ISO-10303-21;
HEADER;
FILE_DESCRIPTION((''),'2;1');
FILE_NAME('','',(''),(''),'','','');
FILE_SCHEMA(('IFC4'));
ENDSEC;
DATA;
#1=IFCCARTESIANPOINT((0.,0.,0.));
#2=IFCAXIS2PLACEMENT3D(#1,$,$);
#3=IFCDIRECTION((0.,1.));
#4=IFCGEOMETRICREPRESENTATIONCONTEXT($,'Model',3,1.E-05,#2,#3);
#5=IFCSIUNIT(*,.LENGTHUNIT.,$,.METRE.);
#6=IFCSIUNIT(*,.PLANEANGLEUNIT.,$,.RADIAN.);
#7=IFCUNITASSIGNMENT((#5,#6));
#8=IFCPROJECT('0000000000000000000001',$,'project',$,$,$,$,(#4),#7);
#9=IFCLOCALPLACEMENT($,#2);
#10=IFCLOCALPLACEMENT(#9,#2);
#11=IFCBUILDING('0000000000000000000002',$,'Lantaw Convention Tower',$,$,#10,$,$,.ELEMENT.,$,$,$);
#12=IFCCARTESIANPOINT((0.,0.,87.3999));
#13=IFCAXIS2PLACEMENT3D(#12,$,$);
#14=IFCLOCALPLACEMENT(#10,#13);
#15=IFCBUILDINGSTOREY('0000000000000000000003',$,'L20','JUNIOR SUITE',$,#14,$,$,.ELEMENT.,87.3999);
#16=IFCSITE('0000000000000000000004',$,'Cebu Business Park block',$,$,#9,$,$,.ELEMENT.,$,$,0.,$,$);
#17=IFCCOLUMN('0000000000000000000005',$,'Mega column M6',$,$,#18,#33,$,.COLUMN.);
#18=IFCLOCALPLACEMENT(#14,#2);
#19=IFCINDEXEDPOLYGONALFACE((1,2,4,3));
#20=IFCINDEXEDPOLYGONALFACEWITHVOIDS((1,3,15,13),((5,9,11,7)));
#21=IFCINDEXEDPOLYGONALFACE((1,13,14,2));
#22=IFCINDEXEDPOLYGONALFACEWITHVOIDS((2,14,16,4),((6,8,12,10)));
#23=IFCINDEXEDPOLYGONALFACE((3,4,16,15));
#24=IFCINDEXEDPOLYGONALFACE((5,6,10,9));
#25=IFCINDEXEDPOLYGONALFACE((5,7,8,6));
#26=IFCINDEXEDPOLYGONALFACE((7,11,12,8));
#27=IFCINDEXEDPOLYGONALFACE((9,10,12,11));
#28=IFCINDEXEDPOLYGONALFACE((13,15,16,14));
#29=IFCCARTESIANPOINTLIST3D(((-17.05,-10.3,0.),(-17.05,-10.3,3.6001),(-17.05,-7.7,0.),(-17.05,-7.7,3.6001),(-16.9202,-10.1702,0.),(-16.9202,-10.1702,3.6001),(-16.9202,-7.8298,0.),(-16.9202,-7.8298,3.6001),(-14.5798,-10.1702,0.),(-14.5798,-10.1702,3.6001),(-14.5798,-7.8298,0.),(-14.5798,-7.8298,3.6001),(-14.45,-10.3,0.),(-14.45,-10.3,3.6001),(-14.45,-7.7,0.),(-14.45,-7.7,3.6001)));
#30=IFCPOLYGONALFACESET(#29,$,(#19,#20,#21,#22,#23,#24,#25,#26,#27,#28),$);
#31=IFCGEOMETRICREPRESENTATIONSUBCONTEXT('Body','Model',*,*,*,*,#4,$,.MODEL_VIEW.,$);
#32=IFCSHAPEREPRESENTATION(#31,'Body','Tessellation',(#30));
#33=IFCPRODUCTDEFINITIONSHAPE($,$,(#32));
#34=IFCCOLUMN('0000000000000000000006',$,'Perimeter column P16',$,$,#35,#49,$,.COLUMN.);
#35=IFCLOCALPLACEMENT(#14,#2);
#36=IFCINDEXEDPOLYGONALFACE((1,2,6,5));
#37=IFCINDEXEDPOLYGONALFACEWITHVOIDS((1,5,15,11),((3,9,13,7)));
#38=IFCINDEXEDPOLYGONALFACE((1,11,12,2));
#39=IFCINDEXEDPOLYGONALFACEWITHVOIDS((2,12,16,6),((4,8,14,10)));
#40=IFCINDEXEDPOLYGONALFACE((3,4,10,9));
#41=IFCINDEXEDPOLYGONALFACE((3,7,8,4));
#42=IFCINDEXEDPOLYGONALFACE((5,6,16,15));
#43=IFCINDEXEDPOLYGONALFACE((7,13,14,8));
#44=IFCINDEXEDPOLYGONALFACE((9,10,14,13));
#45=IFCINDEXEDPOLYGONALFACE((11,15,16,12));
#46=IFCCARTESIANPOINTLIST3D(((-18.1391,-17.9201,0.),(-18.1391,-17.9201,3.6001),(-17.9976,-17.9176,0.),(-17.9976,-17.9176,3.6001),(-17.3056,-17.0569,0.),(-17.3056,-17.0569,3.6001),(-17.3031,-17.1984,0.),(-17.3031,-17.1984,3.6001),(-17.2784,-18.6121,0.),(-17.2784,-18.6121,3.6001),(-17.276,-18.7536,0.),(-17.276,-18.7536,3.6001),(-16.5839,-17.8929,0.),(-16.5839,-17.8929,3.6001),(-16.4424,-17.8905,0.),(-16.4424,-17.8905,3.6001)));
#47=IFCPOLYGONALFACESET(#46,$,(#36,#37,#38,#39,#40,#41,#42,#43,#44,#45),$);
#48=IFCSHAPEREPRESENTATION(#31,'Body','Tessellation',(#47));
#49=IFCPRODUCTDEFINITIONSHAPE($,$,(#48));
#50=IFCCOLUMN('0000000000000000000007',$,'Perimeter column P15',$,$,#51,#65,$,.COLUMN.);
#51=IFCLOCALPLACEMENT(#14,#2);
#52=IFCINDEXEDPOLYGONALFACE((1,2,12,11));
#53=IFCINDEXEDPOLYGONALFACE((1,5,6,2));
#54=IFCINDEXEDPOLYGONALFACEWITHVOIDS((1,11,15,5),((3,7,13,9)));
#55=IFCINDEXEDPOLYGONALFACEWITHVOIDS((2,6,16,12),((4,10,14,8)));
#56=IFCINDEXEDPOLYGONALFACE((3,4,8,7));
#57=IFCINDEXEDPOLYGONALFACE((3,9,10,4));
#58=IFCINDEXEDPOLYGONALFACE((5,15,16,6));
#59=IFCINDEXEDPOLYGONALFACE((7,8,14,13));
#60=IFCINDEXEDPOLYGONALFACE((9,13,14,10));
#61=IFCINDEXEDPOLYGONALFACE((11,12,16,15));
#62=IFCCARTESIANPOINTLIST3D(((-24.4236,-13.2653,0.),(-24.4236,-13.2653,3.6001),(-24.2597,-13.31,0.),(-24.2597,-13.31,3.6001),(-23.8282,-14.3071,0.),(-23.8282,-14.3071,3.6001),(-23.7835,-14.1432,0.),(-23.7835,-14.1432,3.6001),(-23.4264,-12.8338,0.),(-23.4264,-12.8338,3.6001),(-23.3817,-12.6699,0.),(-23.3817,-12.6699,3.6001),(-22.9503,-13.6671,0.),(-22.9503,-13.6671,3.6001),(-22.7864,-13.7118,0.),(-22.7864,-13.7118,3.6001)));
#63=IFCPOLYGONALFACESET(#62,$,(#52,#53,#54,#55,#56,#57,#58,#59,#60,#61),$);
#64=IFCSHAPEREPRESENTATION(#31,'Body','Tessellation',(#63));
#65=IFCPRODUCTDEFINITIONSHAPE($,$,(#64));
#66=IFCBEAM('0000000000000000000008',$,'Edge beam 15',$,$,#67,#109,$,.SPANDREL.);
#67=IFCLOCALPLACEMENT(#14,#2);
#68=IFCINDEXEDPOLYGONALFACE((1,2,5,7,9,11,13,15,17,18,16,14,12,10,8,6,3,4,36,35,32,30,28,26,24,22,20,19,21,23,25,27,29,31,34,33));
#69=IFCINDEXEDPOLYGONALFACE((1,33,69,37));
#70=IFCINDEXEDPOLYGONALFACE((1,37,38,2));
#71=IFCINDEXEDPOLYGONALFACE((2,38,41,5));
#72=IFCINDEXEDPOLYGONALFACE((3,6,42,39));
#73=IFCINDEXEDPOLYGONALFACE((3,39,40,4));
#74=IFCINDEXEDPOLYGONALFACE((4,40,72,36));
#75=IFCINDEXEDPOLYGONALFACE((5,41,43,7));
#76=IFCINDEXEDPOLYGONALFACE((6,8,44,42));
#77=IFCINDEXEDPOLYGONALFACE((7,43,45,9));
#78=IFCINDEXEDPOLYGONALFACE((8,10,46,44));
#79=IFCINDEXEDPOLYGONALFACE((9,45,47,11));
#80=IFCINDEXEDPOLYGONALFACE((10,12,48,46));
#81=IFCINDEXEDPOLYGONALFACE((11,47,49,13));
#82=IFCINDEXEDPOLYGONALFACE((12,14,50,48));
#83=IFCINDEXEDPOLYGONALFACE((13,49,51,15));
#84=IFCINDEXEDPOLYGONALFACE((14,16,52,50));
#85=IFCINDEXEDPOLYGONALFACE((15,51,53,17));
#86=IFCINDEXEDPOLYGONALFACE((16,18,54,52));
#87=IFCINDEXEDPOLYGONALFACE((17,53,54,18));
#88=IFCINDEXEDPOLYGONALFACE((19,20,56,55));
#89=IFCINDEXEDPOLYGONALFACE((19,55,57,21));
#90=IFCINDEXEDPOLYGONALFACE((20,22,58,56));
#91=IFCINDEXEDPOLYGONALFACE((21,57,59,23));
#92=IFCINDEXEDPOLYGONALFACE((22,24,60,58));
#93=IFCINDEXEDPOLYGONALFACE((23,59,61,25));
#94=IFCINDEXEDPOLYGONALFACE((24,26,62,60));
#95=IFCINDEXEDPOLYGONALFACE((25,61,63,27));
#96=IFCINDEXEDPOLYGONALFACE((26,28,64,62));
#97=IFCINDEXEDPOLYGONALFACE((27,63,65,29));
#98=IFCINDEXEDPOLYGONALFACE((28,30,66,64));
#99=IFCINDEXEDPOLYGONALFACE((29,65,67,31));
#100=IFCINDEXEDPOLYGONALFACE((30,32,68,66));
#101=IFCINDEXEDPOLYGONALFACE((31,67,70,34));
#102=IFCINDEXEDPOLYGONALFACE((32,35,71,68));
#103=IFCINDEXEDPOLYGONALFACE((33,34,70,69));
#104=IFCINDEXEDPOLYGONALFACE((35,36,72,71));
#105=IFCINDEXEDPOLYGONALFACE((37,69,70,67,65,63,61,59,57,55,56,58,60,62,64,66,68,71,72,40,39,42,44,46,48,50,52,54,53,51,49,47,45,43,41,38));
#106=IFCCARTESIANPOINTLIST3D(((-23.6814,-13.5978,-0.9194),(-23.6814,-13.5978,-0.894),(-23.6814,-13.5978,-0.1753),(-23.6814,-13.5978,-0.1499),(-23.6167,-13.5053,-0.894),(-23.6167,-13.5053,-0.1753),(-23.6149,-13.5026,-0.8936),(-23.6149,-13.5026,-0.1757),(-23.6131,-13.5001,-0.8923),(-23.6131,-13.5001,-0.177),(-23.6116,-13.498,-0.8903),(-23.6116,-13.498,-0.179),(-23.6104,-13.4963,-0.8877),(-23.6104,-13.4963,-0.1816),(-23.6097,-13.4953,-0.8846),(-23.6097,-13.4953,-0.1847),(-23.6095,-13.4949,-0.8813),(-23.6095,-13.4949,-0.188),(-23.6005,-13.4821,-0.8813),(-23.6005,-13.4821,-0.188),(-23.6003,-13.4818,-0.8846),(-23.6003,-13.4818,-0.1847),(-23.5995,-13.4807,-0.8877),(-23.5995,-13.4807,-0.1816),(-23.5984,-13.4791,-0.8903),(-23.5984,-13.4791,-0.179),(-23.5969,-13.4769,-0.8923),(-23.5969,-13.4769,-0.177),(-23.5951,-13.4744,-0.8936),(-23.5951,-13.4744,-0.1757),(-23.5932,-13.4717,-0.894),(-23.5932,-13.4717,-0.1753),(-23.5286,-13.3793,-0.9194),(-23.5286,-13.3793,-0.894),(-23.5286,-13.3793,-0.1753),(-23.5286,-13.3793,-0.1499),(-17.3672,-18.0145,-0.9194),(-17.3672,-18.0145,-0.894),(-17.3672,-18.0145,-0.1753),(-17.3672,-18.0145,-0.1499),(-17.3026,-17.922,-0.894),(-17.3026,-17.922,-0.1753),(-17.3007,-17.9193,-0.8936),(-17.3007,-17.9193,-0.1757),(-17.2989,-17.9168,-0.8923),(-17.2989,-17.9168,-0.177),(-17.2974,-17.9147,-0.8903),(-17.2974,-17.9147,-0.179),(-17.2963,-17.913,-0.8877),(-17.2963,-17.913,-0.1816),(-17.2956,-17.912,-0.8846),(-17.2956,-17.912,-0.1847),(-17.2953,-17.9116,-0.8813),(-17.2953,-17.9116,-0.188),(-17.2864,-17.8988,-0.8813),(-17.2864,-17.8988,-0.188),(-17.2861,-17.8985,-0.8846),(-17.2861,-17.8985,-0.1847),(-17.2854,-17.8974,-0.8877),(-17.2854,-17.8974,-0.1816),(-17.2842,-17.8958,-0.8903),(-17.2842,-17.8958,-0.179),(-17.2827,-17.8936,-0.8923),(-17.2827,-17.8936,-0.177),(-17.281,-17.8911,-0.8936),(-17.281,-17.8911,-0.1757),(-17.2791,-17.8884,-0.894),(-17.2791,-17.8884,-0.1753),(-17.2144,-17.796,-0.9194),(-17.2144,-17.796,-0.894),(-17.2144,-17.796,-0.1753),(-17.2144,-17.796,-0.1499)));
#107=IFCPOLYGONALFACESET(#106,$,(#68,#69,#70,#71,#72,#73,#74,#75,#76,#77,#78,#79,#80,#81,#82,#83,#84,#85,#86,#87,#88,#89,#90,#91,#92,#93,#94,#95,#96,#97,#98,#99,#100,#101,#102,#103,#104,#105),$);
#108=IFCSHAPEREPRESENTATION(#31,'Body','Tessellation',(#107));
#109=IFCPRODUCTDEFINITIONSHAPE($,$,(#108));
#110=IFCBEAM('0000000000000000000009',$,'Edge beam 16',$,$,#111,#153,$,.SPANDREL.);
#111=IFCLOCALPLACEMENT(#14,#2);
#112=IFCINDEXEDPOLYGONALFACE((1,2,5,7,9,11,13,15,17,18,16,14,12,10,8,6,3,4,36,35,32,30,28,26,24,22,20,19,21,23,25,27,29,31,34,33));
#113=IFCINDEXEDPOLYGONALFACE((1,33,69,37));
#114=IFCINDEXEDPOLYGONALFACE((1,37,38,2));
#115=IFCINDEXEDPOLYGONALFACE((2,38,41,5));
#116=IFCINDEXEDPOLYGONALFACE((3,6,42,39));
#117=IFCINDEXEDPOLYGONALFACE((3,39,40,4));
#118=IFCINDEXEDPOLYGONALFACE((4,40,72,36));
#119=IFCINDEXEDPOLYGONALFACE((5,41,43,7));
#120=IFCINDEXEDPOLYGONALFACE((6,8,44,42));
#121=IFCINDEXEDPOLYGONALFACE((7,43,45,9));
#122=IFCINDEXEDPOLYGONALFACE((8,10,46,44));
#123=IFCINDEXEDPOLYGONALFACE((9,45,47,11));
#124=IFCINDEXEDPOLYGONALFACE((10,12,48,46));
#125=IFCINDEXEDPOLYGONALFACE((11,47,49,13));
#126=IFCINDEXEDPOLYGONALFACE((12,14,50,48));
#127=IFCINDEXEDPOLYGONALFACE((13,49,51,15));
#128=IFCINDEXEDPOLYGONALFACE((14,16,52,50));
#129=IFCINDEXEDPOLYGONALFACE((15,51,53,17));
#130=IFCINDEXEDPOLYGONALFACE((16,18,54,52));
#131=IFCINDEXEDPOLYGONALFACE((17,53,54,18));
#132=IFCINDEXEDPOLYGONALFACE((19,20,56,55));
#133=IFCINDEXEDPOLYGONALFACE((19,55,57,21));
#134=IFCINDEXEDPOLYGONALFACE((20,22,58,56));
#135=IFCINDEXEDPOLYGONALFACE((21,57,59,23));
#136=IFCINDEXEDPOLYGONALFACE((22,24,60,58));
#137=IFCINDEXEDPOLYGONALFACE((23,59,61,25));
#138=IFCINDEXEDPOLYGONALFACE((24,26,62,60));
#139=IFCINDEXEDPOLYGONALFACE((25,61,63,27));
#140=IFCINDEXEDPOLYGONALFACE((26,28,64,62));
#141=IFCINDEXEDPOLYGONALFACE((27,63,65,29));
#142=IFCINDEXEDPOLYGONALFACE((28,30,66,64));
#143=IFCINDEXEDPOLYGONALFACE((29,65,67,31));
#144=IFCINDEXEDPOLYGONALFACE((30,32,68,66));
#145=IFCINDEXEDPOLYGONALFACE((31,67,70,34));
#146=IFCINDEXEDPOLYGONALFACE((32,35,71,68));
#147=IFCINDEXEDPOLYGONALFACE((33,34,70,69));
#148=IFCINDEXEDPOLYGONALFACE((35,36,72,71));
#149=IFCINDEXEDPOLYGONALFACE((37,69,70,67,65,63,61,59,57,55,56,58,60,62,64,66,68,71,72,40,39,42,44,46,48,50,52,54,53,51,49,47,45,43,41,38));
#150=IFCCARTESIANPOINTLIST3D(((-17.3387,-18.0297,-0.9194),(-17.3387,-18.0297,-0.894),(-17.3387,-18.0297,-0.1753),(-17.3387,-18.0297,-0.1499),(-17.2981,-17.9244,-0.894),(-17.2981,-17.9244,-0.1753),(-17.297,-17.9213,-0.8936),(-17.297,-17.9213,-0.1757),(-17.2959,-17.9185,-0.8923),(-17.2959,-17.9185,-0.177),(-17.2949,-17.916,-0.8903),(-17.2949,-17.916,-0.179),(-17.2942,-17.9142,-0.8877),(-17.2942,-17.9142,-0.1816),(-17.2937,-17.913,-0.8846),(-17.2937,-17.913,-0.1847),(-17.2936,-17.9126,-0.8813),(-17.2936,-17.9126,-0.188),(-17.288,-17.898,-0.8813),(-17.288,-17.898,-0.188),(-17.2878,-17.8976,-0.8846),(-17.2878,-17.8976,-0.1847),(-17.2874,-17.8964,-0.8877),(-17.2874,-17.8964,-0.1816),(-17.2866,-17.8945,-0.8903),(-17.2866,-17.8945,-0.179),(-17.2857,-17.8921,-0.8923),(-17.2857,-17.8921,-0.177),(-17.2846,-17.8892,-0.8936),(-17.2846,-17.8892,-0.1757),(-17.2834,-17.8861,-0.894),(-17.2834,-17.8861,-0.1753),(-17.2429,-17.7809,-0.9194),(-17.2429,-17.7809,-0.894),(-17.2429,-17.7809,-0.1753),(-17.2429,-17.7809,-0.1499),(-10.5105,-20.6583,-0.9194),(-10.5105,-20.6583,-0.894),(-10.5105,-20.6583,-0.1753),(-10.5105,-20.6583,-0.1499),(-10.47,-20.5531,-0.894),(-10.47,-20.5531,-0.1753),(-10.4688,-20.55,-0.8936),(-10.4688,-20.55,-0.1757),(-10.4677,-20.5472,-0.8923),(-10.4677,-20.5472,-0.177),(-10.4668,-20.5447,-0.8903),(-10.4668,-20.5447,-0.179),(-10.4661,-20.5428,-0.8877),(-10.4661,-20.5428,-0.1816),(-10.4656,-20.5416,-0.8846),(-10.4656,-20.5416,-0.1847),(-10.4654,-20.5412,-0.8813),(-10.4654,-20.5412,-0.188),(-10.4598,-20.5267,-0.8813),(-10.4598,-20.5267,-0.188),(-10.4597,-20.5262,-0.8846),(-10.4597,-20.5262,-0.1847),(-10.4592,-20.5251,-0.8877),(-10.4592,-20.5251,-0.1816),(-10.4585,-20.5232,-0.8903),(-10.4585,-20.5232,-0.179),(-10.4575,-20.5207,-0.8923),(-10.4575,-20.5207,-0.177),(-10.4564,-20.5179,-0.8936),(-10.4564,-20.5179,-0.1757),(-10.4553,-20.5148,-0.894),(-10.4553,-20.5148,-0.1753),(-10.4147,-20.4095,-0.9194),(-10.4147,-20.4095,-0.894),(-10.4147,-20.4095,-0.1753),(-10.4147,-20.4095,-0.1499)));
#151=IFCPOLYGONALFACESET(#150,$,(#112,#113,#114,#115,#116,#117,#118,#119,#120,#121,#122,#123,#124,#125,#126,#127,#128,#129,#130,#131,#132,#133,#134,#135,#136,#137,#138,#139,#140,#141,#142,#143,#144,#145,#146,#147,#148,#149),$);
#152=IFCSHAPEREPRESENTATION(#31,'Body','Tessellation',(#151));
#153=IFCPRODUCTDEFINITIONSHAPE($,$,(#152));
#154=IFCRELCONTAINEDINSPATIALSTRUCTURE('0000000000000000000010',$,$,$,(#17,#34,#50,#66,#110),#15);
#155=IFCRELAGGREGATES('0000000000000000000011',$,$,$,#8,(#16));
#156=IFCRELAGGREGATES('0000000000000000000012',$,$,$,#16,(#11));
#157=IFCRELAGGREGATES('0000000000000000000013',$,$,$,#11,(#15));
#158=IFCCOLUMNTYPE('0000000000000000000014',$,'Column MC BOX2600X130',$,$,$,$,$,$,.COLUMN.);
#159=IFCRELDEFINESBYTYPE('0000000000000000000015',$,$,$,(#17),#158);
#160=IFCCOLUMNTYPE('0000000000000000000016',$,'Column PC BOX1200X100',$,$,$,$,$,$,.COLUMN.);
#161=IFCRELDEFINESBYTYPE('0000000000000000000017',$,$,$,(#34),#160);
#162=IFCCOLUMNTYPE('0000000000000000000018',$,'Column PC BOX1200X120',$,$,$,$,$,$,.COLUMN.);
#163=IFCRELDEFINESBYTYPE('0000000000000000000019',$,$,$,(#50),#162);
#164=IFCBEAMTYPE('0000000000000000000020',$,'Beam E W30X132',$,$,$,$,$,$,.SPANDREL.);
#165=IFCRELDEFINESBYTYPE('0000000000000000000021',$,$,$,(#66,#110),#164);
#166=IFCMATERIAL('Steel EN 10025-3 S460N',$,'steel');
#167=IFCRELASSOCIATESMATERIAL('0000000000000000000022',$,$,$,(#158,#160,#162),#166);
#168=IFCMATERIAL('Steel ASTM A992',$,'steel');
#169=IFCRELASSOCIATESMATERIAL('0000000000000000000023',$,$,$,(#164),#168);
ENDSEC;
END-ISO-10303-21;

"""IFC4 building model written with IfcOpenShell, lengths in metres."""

from ifc_helpers import new_model, si_unit, direction, frame, origin, origin_2d, place, context, subcontext, project, spatial, rectangle, hollow_rectangle, i_section, extrude, material, material_profile, profile_set, type_object, element, save


model = new_model("IFC4")

# Units and contexts
model_context = context("Model", 3, precision=1e-05, world=origin(), true_north=direction((0.0, 1.0)))
body_context = subcontext(model_context, "Body", "Model", "MODEL_VIEW")
ifc_project = project(units=[si_unit("LENGTHUNIT", "METRE"), si_unit("PLANEANGLEUNIT", "RADIAN")], contexts=[model_context])

# Site, building, storey
site_placement = place(None, origin())
site = spatial("IfcSite", under=ifc_project, at=site_placement, Name="Cebu Business Park block", CompositionType="ELEMENT", RefElevation=0.0)
building_placement = place(site_placement, origin())
building = spatial("IfcBuilding", under=site, at=building_placement, Name="Lantaw Convention Tower", CompositionType="ELEMENT")
storey_placement = place(building_placement, frame((0.0, 0.0, 87.3999)))
storey = spatial("IfcBuildingStorey", under=building, at=storey_placement, Name="L20", Description="JUNIOR SUITE", CompositionType="ELEMENT", Elevation=87.3999)

# Columns
ifc_material_1 = material(Name="Steel EN 10025-3 S460N", Category="steel")
ifc_material_profile_1 = material_profile(ifc_material_1, hollow_rectangle(XDim=2.6001, YDim=2.6001, WallThickness=0.1299, at=origin_2d()), Name="BOX2600X130")
ifc_material_2 = material(Name="Concrete C60/75", Category="concrete")
ifc_material_profile_2 = material_profile(ifc_material_2, rectangle(XDim=2.3401, YDim=2.3401, at=origin_2d()), Name="Concrete fill of BOX2600X130")
ifc_profile_set_1 = profile_set([ifc_material_profile_1, ifc_material_profile_2], Name="Steel EN 10025-3 S460N")
column_type_1 = type_object("IfcColumnType", Name="Column MC BOX2600X130", PredefinedType="COLUMN", material=ifc_profile_set_1)
column_1_placement = place(storey_placement, frame((-15.75, -9.0, 0.0), z_axis=(0.0, 0.0, 1.0), x_axis=(1.0, 0.0, 0.0)))
element("IfcColumn", 1, at=column_1_placement, inside=storey, type_object=column_type_1, Name="Mega column M6", PredefinedType="COLUMN", context=body_context, shape_type="SweptSolid", body=[
    extrude(hollow_rectangle(XDim=2.6001, YDim=2.6001, WallThickness=0.1299, at=origin_2d()), origin(), (0.0, 0.0, 1.0), 3.6001),
])
ifc_material_profile_3 = material_profile(ifc_material_1, hollow_rectangle(XDim=1.2, YDim=1.2, WallThickness=0.1001, at=origin_2d()), Name="BOX1200X100")
ifc_material_profile_4 = material_profile(ifc_material_2, rectangle(XDim=1.0, YDim=1.0, at=origin_2d()), Name="Concrete fill of BOX1200X100")
ifc_profile_set_2 = profile_set([ifc_material_profile_3, ifc_material_profile_4], Name="Steel EN 10025-3 S460N")
column_type_2 = type_object("IfcColumnType", Name="Column PC BOX1200X100", PredefinedType="COLUMN", material=ifc_profile_set_2)
column_2_placement = place(storey_placement, frame((-17.2908, -17.9053, 0.0), z_axis=(0.0, 0.0, 1.0), x_axis=(0.694658, 0.71934, 0.0)))
element("IfcColumn", 2, at=column_2_placement, inside=storey, type_object=column_type_2, Name="Perimeter column P16", PredefinedType="COLUMN", context=body_context, shape_type="SweptSolid", body=[
    extrude(hollow_rectangle(XDim=1.2, YDim=1.2, WallThickness=0.1001, at=origin_2d()), origin(), (0.0, 0.0, 1.0), 3.6001),
])
ifc_material_profile_5 = material_profile(ifc_material_1, hollow_rectangle(XDim=1.2, YDim=1.2, WallThickness=0.1201, at=origin_2d()), Name="BOX1200X120")
ifc_material_profile_6 = material_profile(ifc_material_2, rectangle(XDim=0.96, YDim=0.96, at=origin_2d()), Name="Concrete fill of BOX1200X120")
ifc_profile_set_3 = profile_set([ifc_material_profile_5, ifc_material_profile_6], Name="Steel EN 10025-3 S460N")
column_type_3 = type_object("IfcColumnType", Name="Column PC BOX1200X120", PredefinedType="COLUMN", material=ifc_profile_set_3)
column_3_placement = place(storey_placement, frame((-23.605, -13.4885, 0.0), z_axis=(0.0, 0.0, 1.0), x_axis=(0.868243, 0.496139, 0.0)))
element("IfcColumn", 3, at=column_3_placement, inside=storey, type_object=column_type_3, Name="Perimeter column P15", PredefinedType="COLUMN", context=body_context, shape_type="SweptSolid", body=[
    extrude(hollow_rectangle(XDim=1.2, YDim=1.2, WallThickness=0.1201, at=origin_2d()), origin(), (0.0, 0.0, 1.0), 3.6001),
])

# Beams
ifc_material_3 = material(Name="Steel ASTM A992", Category="steel")
ifc_material_profile_7 = material_profile(ifc_material_3, i_section(OverallWidth=0.2666, OverallDepth=0.7695, WebThickness=0.0156, FlangeThickness=0.0254, FilletRadius=0.0127, at=origin_2d()), Name="W30X132")
ifc_profile_set_4 = profile_set([ifc_material_profile_7], Name="Steel ASTM A992")
beam_type_1 = type_object("IfcBeamType", Name="Beam E W30X132", PredefinedType="SPANDREL", material=ifc_profile_set_4)
beam_1_placement = place(storey_placement, frame((-23.605, -13.4885, -0.5347), z_axis=(0.819427, -0.573184, 0.0), x_axis=(0.573184, 0.819427, 0.0)))
element("IfcBeam", 4, at=beam_1_placement, inside=storey, type_object=beam_type_1, Name="Edge beam 15", PredefinedType="SPANDREL", context=body_context, shape_type="SweptSolid", body=[
    extrude(i_section(OverallWidth=0.2666, OverallDepth=0.7695, WebThickness=0.0156, FlangeThickness=0.0254, FilletRadius=0.0127, at=origin_2d()), origin(), (0.0, 0.0, 1.0), 7.7056),
])
beam_2_placement = place(storey_placement, frame((-17.2908, -17.9053, -0.5347), z_axis=(0.933233, -0.359272, 0.0), x_axis=(0.359272, 0.933233, 0.0)))
element("IfcBeam", 5, at=beam_2_placement, inside=storey, type_object=beam_type_1, Name="Edge beam 16", PredefinedType="SPANDREL", context=body_context, shape_type="SweptSolid", body=[
    extrude(i_section(OverallWidth=0.2666, OverallDepth=0.7695, WebThickness=0.0156, FlangeThickness=0.0254, FilletRadius=0.0127, at=origin_2d()), origin(), (0.0, 0.0, 1.0), 7.3167),
])

save(model, "model.ifc")
